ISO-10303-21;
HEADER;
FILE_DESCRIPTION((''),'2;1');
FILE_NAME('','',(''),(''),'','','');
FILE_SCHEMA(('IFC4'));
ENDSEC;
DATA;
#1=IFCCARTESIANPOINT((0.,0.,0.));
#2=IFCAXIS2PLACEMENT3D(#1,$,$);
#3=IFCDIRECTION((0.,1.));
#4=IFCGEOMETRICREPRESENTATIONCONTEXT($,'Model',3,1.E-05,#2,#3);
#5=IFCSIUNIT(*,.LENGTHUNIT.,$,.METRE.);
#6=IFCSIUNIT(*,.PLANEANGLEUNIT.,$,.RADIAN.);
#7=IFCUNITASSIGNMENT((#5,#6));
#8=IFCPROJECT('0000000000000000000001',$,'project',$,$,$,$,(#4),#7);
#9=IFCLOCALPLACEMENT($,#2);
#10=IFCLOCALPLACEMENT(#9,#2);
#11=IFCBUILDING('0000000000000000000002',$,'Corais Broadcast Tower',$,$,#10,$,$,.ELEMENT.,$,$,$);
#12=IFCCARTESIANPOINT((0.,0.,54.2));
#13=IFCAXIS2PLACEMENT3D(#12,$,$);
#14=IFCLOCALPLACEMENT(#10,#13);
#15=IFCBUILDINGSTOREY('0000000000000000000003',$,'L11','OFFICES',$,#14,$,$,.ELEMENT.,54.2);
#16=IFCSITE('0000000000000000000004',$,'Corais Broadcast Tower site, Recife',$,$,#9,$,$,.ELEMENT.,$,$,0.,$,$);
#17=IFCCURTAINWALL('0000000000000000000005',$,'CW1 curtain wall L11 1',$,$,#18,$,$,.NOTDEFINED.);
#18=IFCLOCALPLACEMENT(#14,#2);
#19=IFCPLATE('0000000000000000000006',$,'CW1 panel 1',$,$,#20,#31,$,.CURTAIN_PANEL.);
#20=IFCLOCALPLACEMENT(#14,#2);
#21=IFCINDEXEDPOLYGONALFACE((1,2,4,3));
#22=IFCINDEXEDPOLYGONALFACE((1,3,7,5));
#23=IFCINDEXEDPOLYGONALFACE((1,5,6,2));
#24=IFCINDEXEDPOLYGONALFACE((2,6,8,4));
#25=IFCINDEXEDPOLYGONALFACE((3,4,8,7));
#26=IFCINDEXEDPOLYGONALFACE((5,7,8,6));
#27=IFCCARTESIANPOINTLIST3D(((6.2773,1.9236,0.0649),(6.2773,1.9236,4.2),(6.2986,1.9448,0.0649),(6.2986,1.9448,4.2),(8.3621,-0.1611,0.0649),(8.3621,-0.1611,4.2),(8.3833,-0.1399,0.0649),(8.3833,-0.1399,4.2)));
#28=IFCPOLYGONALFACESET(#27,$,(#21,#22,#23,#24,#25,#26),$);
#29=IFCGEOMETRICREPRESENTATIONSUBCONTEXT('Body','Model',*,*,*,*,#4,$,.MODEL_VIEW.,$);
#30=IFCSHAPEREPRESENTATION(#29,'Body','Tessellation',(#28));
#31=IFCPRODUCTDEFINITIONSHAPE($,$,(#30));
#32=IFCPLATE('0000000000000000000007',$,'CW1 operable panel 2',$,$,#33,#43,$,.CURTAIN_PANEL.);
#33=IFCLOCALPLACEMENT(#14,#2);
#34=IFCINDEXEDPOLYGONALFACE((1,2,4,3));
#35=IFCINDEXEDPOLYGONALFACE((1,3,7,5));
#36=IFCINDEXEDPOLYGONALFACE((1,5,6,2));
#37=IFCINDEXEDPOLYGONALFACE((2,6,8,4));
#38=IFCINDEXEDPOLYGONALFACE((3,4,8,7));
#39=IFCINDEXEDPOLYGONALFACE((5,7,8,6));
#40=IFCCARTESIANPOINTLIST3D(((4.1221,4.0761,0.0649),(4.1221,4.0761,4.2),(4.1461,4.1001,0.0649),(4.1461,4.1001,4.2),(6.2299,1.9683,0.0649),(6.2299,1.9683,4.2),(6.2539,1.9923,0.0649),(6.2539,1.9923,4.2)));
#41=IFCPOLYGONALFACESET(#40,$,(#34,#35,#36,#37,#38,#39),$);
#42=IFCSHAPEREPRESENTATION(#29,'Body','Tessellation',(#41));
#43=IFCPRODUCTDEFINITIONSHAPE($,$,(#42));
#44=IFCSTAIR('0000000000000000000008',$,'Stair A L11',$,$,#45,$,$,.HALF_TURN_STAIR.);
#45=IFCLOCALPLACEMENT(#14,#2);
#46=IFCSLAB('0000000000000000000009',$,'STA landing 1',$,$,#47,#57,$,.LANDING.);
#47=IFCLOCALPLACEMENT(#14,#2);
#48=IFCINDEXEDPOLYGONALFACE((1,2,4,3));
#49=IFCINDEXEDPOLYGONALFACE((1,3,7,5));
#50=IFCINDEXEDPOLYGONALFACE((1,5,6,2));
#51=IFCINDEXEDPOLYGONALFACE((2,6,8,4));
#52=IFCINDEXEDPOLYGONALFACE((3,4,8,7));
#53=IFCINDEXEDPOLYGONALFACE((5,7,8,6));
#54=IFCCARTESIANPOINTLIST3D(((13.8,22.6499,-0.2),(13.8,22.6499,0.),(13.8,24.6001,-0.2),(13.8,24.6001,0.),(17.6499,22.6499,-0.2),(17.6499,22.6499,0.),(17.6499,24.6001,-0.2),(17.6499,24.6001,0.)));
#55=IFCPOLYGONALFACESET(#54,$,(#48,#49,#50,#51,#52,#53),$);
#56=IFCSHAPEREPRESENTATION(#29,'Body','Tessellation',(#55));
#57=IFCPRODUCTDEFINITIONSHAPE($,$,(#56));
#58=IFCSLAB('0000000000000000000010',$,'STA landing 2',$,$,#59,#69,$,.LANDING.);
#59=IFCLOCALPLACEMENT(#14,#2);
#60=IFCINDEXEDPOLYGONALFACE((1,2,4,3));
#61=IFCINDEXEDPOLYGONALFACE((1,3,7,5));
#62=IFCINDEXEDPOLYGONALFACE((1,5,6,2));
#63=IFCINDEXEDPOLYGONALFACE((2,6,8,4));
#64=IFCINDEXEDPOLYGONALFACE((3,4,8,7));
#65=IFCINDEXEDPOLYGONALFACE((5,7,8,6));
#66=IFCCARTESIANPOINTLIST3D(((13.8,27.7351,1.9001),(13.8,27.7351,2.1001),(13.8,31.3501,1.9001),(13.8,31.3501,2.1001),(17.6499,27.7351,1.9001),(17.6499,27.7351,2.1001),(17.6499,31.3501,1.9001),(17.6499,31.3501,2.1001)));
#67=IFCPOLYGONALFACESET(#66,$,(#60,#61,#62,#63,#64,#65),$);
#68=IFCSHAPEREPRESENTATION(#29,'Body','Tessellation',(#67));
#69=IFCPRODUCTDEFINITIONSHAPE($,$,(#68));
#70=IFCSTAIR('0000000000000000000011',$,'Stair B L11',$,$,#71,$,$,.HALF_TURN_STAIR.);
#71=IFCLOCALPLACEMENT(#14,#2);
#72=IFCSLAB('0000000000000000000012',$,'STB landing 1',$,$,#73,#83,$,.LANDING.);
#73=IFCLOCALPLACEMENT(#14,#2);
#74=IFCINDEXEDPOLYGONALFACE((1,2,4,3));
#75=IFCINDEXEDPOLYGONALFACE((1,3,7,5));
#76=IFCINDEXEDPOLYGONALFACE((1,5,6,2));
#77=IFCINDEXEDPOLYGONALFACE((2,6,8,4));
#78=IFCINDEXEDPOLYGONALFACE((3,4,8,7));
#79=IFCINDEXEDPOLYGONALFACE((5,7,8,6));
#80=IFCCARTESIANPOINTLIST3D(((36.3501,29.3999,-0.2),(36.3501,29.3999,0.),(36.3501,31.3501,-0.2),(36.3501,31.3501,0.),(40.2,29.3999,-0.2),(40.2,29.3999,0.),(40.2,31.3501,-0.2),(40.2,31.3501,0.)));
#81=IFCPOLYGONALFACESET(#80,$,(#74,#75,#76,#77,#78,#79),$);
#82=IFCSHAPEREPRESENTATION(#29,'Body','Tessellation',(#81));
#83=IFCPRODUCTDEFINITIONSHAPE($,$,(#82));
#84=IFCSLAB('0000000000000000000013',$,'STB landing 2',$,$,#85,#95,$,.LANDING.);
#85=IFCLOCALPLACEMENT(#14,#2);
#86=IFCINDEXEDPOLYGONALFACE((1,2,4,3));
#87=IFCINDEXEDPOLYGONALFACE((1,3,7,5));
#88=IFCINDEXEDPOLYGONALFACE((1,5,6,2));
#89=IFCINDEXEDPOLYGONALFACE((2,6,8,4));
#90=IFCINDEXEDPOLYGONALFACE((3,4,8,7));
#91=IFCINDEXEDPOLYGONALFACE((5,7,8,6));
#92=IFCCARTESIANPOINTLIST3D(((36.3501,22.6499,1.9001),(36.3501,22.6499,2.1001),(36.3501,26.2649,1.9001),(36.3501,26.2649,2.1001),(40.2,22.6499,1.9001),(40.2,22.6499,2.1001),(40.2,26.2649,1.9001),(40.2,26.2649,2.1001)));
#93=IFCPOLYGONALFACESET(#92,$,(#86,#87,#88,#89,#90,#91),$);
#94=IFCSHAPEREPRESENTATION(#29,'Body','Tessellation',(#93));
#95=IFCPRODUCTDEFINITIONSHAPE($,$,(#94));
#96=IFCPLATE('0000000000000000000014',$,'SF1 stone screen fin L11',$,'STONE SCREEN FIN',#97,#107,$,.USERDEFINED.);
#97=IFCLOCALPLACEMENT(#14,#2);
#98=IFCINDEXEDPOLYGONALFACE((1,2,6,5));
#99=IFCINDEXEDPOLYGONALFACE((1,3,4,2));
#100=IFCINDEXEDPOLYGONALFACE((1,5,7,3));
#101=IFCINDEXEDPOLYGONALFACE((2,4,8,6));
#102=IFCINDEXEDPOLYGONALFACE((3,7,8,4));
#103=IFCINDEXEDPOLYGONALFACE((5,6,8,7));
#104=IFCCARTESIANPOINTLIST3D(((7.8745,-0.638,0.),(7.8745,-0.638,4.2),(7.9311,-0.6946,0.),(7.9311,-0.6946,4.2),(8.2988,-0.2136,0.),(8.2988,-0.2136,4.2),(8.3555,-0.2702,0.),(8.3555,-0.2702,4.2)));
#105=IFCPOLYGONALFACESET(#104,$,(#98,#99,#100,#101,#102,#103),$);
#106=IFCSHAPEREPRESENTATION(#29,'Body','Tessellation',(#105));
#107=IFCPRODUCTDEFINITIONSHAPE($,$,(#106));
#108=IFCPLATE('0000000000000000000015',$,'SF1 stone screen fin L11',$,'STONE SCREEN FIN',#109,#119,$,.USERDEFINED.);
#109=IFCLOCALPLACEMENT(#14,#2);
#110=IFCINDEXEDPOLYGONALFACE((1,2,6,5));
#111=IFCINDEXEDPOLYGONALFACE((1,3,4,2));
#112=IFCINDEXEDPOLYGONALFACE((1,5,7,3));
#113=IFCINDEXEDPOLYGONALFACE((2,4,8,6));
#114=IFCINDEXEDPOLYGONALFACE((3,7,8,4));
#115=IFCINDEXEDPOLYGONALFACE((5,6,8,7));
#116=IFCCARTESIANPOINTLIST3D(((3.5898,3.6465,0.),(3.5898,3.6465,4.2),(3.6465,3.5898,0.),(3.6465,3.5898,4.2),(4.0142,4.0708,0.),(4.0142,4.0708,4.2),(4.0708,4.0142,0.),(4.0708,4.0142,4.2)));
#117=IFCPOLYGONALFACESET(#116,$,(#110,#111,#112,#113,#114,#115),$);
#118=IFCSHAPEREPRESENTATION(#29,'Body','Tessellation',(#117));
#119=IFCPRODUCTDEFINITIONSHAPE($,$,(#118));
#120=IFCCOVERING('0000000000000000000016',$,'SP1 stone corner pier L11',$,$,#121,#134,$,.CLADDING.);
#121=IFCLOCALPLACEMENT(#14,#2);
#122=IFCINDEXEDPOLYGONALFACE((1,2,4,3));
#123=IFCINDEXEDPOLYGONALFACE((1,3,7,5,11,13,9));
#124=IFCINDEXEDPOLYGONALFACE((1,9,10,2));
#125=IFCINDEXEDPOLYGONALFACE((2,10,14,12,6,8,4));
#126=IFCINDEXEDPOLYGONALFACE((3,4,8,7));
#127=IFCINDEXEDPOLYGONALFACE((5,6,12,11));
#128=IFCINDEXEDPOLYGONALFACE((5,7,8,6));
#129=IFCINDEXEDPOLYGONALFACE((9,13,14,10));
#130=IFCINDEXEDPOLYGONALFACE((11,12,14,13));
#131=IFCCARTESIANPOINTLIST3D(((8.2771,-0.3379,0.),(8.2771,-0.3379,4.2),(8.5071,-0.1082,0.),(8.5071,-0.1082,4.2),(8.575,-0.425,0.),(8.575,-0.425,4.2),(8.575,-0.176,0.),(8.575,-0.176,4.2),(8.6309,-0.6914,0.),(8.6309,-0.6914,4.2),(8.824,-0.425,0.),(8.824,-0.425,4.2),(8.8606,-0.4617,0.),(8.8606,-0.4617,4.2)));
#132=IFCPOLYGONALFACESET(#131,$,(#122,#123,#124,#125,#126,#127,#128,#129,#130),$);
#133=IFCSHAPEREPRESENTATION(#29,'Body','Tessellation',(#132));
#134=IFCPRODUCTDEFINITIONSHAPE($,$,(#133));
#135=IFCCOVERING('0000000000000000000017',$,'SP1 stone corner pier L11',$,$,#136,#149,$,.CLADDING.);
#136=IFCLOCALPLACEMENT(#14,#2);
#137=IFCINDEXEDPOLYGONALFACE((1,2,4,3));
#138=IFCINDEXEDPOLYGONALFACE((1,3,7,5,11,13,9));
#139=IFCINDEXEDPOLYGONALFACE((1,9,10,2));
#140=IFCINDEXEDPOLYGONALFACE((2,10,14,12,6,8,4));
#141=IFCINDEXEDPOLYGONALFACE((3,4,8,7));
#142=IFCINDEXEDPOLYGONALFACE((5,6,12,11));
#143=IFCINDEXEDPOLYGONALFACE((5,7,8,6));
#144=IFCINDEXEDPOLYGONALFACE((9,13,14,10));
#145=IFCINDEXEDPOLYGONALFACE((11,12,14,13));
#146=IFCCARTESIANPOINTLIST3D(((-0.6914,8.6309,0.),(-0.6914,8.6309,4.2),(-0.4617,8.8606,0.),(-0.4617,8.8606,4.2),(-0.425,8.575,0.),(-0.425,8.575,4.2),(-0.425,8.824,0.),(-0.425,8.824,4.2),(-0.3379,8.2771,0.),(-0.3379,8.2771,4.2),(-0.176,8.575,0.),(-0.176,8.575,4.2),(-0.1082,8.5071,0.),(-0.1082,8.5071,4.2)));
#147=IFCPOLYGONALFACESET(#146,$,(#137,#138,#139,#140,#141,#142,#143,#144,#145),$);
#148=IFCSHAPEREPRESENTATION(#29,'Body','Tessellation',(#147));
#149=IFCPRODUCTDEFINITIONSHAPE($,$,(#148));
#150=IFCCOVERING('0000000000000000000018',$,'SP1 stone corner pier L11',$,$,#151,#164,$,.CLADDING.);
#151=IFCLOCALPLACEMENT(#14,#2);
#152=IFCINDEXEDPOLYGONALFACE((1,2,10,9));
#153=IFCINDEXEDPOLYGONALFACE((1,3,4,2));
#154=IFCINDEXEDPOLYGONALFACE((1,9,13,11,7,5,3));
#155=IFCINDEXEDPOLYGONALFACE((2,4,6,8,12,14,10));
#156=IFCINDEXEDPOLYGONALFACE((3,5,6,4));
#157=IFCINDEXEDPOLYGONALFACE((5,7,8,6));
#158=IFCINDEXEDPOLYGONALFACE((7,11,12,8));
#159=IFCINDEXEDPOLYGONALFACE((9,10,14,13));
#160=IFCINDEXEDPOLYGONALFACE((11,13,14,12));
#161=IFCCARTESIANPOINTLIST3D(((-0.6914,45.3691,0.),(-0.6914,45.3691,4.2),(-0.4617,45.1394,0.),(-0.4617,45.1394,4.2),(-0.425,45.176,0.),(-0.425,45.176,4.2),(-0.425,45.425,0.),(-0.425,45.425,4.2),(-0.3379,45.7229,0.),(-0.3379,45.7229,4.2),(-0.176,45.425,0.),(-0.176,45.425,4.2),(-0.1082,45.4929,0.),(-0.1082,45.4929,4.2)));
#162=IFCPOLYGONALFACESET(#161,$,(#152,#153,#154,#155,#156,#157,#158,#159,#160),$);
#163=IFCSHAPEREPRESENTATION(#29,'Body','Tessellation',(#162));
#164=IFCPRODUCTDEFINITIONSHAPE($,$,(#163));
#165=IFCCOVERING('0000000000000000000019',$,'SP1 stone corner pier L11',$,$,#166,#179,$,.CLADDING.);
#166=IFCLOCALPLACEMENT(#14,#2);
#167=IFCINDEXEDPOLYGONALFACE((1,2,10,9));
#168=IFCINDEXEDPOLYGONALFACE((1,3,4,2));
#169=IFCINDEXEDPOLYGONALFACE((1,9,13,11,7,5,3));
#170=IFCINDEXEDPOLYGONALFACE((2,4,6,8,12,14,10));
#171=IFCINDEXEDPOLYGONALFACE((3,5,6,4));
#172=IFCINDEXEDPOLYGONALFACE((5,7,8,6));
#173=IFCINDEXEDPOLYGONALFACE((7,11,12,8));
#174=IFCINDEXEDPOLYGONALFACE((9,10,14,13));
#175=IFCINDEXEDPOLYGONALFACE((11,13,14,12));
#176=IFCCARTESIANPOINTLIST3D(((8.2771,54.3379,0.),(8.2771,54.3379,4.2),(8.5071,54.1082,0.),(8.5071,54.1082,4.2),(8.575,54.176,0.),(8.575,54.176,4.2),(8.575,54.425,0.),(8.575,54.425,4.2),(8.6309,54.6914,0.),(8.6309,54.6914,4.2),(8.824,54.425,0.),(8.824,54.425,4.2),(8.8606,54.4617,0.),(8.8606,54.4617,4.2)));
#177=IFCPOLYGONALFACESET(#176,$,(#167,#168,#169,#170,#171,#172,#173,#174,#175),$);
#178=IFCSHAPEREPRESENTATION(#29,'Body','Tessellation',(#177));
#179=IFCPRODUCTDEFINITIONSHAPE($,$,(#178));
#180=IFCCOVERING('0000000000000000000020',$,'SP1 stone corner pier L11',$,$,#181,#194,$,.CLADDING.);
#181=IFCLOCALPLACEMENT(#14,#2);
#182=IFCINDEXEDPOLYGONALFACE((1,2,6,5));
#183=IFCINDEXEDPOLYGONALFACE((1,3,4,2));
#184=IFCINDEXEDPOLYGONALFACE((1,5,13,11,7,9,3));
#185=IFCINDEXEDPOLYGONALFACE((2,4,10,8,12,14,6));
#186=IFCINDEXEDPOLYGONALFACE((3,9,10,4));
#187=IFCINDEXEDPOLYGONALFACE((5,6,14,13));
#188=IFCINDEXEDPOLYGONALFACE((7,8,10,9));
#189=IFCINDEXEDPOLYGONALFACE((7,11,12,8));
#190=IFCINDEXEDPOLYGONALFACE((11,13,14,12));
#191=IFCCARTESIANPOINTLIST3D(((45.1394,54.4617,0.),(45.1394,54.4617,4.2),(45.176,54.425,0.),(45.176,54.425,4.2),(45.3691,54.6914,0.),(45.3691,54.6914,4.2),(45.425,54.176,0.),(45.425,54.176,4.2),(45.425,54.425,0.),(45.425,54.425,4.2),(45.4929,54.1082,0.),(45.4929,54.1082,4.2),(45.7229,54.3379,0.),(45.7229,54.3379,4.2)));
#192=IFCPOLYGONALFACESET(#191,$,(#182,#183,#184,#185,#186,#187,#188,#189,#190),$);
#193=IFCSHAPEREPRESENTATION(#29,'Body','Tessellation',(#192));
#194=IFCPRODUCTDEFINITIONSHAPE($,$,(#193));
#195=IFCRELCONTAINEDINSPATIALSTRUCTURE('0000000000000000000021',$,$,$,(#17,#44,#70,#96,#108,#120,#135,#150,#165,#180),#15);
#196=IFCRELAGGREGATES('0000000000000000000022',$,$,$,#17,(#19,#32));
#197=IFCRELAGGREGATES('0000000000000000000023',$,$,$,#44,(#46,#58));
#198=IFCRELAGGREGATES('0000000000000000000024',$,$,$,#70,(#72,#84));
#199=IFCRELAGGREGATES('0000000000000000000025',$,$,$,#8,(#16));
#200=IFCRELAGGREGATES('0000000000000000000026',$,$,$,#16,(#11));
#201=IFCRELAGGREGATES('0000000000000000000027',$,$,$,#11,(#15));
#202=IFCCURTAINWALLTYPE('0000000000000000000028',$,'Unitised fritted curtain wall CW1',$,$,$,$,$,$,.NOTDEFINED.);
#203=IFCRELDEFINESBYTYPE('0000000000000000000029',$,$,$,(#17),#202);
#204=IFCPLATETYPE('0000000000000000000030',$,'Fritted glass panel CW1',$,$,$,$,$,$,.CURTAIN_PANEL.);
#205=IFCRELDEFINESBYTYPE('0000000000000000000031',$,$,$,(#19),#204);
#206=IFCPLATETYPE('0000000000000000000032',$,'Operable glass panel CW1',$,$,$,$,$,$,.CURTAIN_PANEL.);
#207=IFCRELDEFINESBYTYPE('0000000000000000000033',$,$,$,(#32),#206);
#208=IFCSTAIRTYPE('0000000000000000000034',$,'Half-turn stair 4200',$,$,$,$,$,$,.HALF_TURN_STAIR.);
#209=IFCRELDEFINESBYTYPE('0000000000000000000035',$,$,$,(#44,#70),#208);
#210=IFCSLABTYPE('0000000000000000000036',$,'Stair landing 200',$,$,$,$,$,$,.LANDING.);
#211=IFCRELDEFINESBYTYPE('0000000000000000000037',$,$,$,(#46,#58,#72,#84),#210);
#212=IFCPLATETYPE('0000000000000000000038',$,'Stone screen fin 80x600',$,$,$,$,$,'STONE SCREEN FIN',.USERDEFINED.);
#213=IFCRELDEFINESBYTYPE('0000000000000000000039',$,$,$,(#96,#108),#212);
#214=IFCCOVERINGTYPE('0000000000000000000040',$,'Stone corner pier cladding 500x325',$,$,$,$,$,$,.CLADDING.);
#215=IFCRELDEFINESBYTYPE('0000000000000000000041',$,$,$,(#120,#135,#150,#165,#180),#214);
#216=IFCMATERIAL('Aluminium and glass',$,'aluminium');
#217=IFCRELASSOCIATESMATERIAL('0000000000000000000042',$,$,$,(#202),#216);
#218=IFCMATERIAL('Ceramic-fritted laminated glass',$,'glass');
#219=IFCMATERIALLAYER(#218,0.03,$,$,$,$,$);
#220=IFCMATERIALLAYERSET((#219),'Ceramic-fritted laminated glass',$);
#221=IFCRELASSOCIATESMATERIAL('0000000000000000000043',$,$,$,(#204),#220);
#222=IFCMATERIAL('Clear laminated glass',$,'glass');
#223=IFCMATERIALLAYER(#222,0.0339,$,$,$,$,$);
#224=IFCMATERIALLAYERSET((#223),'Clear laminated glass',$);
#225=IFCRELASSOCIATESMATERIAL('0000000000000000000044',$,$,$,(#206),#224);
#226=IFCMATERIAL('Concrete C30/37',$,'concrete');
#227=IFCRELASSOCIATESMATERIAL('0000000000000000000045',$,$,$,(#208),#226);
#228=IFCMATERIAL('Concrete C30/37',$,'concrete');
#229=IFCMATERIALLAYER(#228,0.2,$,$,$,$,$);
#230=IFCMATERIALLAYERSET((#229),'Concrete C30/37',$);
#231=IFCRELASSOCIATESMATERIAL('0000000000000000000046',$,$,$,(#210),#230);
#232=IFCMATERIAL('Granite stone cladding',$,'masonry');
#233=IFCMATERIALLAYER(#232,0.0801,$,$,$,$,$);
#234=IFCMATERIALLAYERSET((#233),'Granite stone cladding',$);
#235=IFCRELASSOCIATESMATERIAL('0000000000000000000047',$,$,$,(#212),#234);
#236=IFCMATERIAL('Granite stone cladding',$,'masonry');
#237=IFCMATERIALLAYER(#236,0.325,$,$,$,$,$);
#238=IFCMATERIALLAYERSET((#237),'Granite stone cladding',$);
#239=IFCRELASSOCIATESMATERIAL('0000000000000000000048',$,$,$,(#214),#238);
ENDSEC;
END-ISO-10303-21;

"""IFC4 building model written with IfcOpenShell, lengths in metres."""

from ifc_helpers import new_model, si_unit, direction, frame, origin, origin_2d, place, context, subcontext, project, spatial, polyline, rectangle, outline, extrude, material, layer, layer_set, type_object, element, aggregate, save


model = new_model("IFC4")

# Units and contexts
model_context = context("Model", 3, precision=1e-05, world=origin(), true_north=direction((0.0, 1.0)))
body_context = subcontext(model_context, "Body", "Model", "MODEL_VIEW")
ifc_project = project(units=[si_unit("LENGTHUNIT", "METRE"), si_unit("PLANEANGLEUNIT", "RADIAN")], contexts=[model_context])

# Site, building, storey
site_placement = place(None, origin())
site = spatial("IfcSite", under=ifc_project, at=site_placement, Name="Corais Broadcast Tower site, Recife", CompositionType="ELEMENT", RefElevation=0.0)
building_placement = place(site_placement, origin())
building = spatial("IfcBuilding", under=site, at=building_placement, Name="Corais Broadcast Tower", CompositionType="ELEMENT")
storey_placement = place(building_placement, frame((0.0, 0.0, 54.2)))
storey = spatial("IfcBuildingStorey", under=building, at=storey_placement, Name="L11", Description="OFFICES", CompositionType="ELEMENT", Elevation=54.2)

# Curtain wall
ifc_material_1 = material(Name="Aluminium and glass", Category="aluminium")
curtain_wall_type = type_object("IfcCurtainWallType", Name="Unitised fritted curtain wall CW1", PredefinedType="NOTDEFINED", material=ifc_material_1)
curtain_wall_placement = place(storey_placement, origin())
curtain_wall = element("IfcCurtainWall", 1, at=curtain_wall_placement, inside=storey, type_object=curtain_wall_type, Name="CW1 curtain wall L11 1", PredefinedType="NOTDEFINED")

# Plates
ifc_material_2 = material(Name="Ceramic-fritted laminated glass", Category="glass")
ifc_layer_1 = layer(ifc_material_2, 0.03)
ifc_layer_set_1 = layer_set([ifc_layer_1], Name="Ceramic-fritted laminated glass")
plate_type_1 = type_object("IfcPlateType", Name="Fritted glass panel CW1", PredefinedType="CURTAIN_PANEL", material=ifc_layer_set_1)
plate_1_placement = place(storey_placement, frame((7.3303, 0.8918, 0.0649), z_axis=(0.0, 0.0, 1.0), x_axis=(-0.707107, 0.707107, 0.0)))
plate_1 = element("IfcPlate", 2, at=plate_1_placement, type_object=plate_type_1, Name="CW1 panel 1", PredefinedType="CURTAIN_PANEL", context=body_context, shape_type="SweptSolid", body=[
    extrude(rectangle(XDim=2.9482, YDim=0.03, at=origin_2d()), origin(), (0.0, 0.0, 1.0), 4.135),
])
ifc_material_3 = material(Name="Clear laminated glass", Category="glass")
ifc_layer_2 = layer(ifc_material_3, 0.0339)
ifc_layer_set_2 = layer_set([ifc_layer_2], Name="Clear laminated glass")
plate_type_2 = type_object("IfcPlateType", Name="Operable glass panel CW1", PredefinedType="CURTAIN_PANEL", material=ifc_layer_set_2)
plate_2_placement = place(storey_placement, frame((5.188, 3.0342, 0.0649), z_axis=(0.0, 0.0, 1.0), x_axis=(-0.707107, 0.707107, 0.0)))
plate_2 = element("IfcPlate", 3, at=plate_2_placement, type_object=plate_type_2, Name="CW1 operable panel 2", PredefinedType="CURTAIN_PANEL", context=body_context, shape_type="SweptSolid", body=[
    extrude(rectangle(XDim=2.981, YDim=0.0339, at=origin_2d()), origin(), (0.0, 0.0, 1.0), 4.135),
])
aggregate(curtain_wall, [plate_1, plate_2])

# Stairs, slabs
ifc_material_4 = material(Name="Concrete C30/37", Category="concrete")
stair_type = type_object("IfcStairType", Name="Half-turn stair 4200", PredefinedType="HALF_TURN_STAIR", material=ifc_material_4)
stair_1_placement = place(storey_placement, origin())
stair_1 = element("IfcStair", 4, at=stair_1_placement, inside=storey, type_object=stair_type, Name="Stair A L11", PredefinedType="HALF_TURN_STAIR")
ifc_material_5 = material(Name="Concrete C30/37", Category="concrete")
ifc_layer_3 = layer(ifc_material_5, 0.2)
ifc_layer_set_3 = layer_set([ifc_layer_3], Name="Concrete C30/37")
slab_type_1 = type_object("IfcSlabType", Name="Stair landing 200", PredefinedType="LANDING", material=ifc_layer_set_3)
slab_1_placement = place(storey_placement, frame((0.0, 0.0, -0.2)))
slab_1 = element("IfcSlab", 5, at=slab_1_placement, type_object=slab_type_1, Name="STA landing 1", PredefinedType="LANDING", context=body_context, shape_type="SweptSolid", body=[
    extrude(outline(polyline([(13.8, 22.6499), (17.6499, 22.6499), (17.6499, 24.6001), (13.8, 24.6001), (13.8, 22.6499)])), origin(), (0.0, 0.0, 1.0), 0.2),
])
slab_2_placement = place(storey_placement, frame((0.0, 0.0, 1.9001)))
slab_2 = element("IfcSlab", 6, at=slab_2_placement, type_object=slab_type_1, Name="STA landing 2", PredefinedType="LANDING", context=body_context, shape_type="SweptSolid", body=[
    extrude(outline(polyline([(13.8, 27.7351), (17.6499, 27.7351), (17.6499, 31.3501), (13.8, 31.3501), (13.8, 27.7351)])), origin(), (0.0, 0.0, 1.0), 0.2),
])
aggregate(stair_1, [slab_1, slab_2])
stair_2_placement = place(storey_placement, origin())
stair_2 = element("IfcStair", 7, at=stair_2_placement, inside=storey, type_object=stair_type, Name="Stair B L11", PredefinedType="HALF_TURN_STAIR")
slab_3_placement = place(storey_placement, frame((0.0, 0.0, -0.2)))
slab_3 = element("IfcSlab", 8, at=slab_3_placement, type_object=slab_type_1, Name="STB landing 1", PredefinedType="LANDING", context=body_context, shape_type="SweptSolid", body=[
    extrude(outline(polyline([(36.3501, 29.3999), (40.2, 29.3999), (40.2, 31.3501), (36.3501, 31.3501), (36.3501, 29.3999)])), origin(), (0.0, 0.0, 1.0), 0.2),
])
slab_4_placement = place(storey_placement, frame((0.0, 0.0, 1.9001)))
slab_4 = element("IfcSlab", 9, at=slab_4_placement, type_object=slab_type_1, Name="STB landing 2", PredefinedType="LANDING", context=body_context, shape_type="SweptSolid", body=[
    extrude(outline(polyline([(36.3501, 22.6499), (40.2, 22.6499), (40.2, 26.2649), (36.3501, 26.2649), (36.3501, 22.6499)])), origin(), (0.0, 0.0, 1.0), 0.2),
])
aggregate(stair_2, [slab_3, slab_4])

# Plates
ifc_material_6 = material(Name="Granite stone cladding", Category="masonry")
ifc_layer_4 = layer(ifc_material_6, 0.0801)
ifc_layer_set_4 = layer_set([ifc_layer_4], Name="Granite stone cladding")
plate_type_3 = type_object("IfcPlateType", Name="Stone screen fin 80x600", ElementType="STONE SCREEN FIN", PredefinedType="USERDEFINED", material=ifc_layer_set_4)
for number, where, z_axis, x_axis, name in (
    (10, (8.115, -0.4541, 0.0), (0.0, 0.0, 1.0), (-0.707107, 0.707107, 0.0), "SF1 stone screen fin L11"),
    (11, (3.8303, 3.8303, 0.0), (0.0, 0.0, 1.0), (-0.707107, 0.707107, 0.0), "SF1 stone screen fin L11"),
):
    element("IfcPlate", number, at=place(storey_placement, frame(where, z_axis=z_axis, x_axis=x_axis)), inside=storey, type_object=plate_type_3, Name=name, ObjectType="STONE SCREEN FIN", PredefinedType="USERDEFINED", context=body_context, shape_type="SweptSolid", body=[
        extrude(rectangle(XDim=0.0801, YDim=0.6001, at=origin_2d()), origin(), (0.0, 0.0, 1.0), 4.2),
    ])

# Coverings
ifc_material_7 = material(Name="Granite stone cladding", Category="masonry")
ifc_layer_5 = layer(ifc_material_7, 0.325)
ifc_layer_set_5 = layer_set([ifc_layer_5], Name="Granite stone cladding")
covering_type_1 = type_object("IfcCoveringType", Name="Stone corner pier cladding 500x325", PredefinedType="CLADDING", material=ifc_layer_set_5)
covering_1_placement = place(storey_placement, origin())
element("IfcCovering", 12, at=covering_1_placement, inside=storey, type_object=covering_type_1, Name="SP1 stone corner pier L11", PredefinedType="CLADDING", context=body_context, shape_type="SweptSolid", body=[
    extrude(outline(polyline([(8.8606, -0.4617), (8.824, -0.425), (8.575, -0.425), (8.575, -0.176), (8.5071, -0.1082), (8.2771, -0.3379), (8.6309, -0.6914), (8.8606, -0.4617)])), origin(), (0.0, 0.0, 1.0), 4.2),
])
covering_2_placement = place(storey_placement, origin())
element("IfcCovering", 13, at=covering_2_placement, inside=storey, type_object=covering_type_1, Name="SP1 stone corner pier L11", PredefinedType="CLADDING", context=body_context, shape_type="SweptSolid", body=[
    extrude(outline(polyline([(-0.425, 8.824), (-0.4617, 8.8606), (-0.6914, 8.6309), (-0.3379, 8.2771), (-0.1082, 8.5071), (-0.176, 8.575), (-0.425, 8.575), (-0.425, 8.824)])), origin(), (0.0, 0.0, 1.0), 4.2),
])
covering_3_placement = place(storey_placement, origin())
element("IfcCovering", 14, at=covering_3_placement, inside=storey, type_object=covering_type_1, Name="SP1 stone corner pier L11", PredefinedType="CLADDING", context=body_context, shape_type="SweptSolid", body=[
    extrude(outline(polyline([(-0.4617, 45.1394), (-0.425, 45.176), (-0.425, 45.425), (-0.176, 45.425), (-0.1082, 45.4929), (-0.3379, 45.7229), (-0.6914, 45.3691), (-0.4617, 45.1394)])), origin(), (0.0, 0.0, 1.0), 4.2),
])
covering_4_placement = place(storey_placement, origin())
element("IfcCovering", 15, at=covering_4_placement, inside=storey, type_object=covering_type_1, Name="SP1 stone corner pier L11", PredefinedType="CLADDING", context=body_context, shape_type="SweptSolid", body=[
    extrude(outline(polyline([(8.824, 54.425), (8.8606, 54.4617), (8.6309, 54.6914), (8.2771, 54.3379), (8.5071, 54.1082), (8.575, 54.176), (8.575, 54.425), (8.824, 54.425)])), origin(), (0.0, 0.0, 1.0), 4.2),
])
covering_5_placement = place(storey_placement, origin())
element("IfcCovering", 16, at=covering_5_placement, inside=storey, type_object=covering_type_1, Name="SP1 stone corner pier L11", PredefinedType="CLADDING", context=body_context, shape_type="SweptSolid", body=[
    extrude(outline(polyline([(45.1394, 54.4617), (45.176, 54.425), (45.425, 54.425), (45.425, 54.176), (45.4929, 54.1082), (45.7229, 54.3379), (45.3691, 54.6914), (45.1394, 54.4617)])), origin(), (0.0, 0.0, 1.0), 4.2),
])

save(model, "model.ifc")
